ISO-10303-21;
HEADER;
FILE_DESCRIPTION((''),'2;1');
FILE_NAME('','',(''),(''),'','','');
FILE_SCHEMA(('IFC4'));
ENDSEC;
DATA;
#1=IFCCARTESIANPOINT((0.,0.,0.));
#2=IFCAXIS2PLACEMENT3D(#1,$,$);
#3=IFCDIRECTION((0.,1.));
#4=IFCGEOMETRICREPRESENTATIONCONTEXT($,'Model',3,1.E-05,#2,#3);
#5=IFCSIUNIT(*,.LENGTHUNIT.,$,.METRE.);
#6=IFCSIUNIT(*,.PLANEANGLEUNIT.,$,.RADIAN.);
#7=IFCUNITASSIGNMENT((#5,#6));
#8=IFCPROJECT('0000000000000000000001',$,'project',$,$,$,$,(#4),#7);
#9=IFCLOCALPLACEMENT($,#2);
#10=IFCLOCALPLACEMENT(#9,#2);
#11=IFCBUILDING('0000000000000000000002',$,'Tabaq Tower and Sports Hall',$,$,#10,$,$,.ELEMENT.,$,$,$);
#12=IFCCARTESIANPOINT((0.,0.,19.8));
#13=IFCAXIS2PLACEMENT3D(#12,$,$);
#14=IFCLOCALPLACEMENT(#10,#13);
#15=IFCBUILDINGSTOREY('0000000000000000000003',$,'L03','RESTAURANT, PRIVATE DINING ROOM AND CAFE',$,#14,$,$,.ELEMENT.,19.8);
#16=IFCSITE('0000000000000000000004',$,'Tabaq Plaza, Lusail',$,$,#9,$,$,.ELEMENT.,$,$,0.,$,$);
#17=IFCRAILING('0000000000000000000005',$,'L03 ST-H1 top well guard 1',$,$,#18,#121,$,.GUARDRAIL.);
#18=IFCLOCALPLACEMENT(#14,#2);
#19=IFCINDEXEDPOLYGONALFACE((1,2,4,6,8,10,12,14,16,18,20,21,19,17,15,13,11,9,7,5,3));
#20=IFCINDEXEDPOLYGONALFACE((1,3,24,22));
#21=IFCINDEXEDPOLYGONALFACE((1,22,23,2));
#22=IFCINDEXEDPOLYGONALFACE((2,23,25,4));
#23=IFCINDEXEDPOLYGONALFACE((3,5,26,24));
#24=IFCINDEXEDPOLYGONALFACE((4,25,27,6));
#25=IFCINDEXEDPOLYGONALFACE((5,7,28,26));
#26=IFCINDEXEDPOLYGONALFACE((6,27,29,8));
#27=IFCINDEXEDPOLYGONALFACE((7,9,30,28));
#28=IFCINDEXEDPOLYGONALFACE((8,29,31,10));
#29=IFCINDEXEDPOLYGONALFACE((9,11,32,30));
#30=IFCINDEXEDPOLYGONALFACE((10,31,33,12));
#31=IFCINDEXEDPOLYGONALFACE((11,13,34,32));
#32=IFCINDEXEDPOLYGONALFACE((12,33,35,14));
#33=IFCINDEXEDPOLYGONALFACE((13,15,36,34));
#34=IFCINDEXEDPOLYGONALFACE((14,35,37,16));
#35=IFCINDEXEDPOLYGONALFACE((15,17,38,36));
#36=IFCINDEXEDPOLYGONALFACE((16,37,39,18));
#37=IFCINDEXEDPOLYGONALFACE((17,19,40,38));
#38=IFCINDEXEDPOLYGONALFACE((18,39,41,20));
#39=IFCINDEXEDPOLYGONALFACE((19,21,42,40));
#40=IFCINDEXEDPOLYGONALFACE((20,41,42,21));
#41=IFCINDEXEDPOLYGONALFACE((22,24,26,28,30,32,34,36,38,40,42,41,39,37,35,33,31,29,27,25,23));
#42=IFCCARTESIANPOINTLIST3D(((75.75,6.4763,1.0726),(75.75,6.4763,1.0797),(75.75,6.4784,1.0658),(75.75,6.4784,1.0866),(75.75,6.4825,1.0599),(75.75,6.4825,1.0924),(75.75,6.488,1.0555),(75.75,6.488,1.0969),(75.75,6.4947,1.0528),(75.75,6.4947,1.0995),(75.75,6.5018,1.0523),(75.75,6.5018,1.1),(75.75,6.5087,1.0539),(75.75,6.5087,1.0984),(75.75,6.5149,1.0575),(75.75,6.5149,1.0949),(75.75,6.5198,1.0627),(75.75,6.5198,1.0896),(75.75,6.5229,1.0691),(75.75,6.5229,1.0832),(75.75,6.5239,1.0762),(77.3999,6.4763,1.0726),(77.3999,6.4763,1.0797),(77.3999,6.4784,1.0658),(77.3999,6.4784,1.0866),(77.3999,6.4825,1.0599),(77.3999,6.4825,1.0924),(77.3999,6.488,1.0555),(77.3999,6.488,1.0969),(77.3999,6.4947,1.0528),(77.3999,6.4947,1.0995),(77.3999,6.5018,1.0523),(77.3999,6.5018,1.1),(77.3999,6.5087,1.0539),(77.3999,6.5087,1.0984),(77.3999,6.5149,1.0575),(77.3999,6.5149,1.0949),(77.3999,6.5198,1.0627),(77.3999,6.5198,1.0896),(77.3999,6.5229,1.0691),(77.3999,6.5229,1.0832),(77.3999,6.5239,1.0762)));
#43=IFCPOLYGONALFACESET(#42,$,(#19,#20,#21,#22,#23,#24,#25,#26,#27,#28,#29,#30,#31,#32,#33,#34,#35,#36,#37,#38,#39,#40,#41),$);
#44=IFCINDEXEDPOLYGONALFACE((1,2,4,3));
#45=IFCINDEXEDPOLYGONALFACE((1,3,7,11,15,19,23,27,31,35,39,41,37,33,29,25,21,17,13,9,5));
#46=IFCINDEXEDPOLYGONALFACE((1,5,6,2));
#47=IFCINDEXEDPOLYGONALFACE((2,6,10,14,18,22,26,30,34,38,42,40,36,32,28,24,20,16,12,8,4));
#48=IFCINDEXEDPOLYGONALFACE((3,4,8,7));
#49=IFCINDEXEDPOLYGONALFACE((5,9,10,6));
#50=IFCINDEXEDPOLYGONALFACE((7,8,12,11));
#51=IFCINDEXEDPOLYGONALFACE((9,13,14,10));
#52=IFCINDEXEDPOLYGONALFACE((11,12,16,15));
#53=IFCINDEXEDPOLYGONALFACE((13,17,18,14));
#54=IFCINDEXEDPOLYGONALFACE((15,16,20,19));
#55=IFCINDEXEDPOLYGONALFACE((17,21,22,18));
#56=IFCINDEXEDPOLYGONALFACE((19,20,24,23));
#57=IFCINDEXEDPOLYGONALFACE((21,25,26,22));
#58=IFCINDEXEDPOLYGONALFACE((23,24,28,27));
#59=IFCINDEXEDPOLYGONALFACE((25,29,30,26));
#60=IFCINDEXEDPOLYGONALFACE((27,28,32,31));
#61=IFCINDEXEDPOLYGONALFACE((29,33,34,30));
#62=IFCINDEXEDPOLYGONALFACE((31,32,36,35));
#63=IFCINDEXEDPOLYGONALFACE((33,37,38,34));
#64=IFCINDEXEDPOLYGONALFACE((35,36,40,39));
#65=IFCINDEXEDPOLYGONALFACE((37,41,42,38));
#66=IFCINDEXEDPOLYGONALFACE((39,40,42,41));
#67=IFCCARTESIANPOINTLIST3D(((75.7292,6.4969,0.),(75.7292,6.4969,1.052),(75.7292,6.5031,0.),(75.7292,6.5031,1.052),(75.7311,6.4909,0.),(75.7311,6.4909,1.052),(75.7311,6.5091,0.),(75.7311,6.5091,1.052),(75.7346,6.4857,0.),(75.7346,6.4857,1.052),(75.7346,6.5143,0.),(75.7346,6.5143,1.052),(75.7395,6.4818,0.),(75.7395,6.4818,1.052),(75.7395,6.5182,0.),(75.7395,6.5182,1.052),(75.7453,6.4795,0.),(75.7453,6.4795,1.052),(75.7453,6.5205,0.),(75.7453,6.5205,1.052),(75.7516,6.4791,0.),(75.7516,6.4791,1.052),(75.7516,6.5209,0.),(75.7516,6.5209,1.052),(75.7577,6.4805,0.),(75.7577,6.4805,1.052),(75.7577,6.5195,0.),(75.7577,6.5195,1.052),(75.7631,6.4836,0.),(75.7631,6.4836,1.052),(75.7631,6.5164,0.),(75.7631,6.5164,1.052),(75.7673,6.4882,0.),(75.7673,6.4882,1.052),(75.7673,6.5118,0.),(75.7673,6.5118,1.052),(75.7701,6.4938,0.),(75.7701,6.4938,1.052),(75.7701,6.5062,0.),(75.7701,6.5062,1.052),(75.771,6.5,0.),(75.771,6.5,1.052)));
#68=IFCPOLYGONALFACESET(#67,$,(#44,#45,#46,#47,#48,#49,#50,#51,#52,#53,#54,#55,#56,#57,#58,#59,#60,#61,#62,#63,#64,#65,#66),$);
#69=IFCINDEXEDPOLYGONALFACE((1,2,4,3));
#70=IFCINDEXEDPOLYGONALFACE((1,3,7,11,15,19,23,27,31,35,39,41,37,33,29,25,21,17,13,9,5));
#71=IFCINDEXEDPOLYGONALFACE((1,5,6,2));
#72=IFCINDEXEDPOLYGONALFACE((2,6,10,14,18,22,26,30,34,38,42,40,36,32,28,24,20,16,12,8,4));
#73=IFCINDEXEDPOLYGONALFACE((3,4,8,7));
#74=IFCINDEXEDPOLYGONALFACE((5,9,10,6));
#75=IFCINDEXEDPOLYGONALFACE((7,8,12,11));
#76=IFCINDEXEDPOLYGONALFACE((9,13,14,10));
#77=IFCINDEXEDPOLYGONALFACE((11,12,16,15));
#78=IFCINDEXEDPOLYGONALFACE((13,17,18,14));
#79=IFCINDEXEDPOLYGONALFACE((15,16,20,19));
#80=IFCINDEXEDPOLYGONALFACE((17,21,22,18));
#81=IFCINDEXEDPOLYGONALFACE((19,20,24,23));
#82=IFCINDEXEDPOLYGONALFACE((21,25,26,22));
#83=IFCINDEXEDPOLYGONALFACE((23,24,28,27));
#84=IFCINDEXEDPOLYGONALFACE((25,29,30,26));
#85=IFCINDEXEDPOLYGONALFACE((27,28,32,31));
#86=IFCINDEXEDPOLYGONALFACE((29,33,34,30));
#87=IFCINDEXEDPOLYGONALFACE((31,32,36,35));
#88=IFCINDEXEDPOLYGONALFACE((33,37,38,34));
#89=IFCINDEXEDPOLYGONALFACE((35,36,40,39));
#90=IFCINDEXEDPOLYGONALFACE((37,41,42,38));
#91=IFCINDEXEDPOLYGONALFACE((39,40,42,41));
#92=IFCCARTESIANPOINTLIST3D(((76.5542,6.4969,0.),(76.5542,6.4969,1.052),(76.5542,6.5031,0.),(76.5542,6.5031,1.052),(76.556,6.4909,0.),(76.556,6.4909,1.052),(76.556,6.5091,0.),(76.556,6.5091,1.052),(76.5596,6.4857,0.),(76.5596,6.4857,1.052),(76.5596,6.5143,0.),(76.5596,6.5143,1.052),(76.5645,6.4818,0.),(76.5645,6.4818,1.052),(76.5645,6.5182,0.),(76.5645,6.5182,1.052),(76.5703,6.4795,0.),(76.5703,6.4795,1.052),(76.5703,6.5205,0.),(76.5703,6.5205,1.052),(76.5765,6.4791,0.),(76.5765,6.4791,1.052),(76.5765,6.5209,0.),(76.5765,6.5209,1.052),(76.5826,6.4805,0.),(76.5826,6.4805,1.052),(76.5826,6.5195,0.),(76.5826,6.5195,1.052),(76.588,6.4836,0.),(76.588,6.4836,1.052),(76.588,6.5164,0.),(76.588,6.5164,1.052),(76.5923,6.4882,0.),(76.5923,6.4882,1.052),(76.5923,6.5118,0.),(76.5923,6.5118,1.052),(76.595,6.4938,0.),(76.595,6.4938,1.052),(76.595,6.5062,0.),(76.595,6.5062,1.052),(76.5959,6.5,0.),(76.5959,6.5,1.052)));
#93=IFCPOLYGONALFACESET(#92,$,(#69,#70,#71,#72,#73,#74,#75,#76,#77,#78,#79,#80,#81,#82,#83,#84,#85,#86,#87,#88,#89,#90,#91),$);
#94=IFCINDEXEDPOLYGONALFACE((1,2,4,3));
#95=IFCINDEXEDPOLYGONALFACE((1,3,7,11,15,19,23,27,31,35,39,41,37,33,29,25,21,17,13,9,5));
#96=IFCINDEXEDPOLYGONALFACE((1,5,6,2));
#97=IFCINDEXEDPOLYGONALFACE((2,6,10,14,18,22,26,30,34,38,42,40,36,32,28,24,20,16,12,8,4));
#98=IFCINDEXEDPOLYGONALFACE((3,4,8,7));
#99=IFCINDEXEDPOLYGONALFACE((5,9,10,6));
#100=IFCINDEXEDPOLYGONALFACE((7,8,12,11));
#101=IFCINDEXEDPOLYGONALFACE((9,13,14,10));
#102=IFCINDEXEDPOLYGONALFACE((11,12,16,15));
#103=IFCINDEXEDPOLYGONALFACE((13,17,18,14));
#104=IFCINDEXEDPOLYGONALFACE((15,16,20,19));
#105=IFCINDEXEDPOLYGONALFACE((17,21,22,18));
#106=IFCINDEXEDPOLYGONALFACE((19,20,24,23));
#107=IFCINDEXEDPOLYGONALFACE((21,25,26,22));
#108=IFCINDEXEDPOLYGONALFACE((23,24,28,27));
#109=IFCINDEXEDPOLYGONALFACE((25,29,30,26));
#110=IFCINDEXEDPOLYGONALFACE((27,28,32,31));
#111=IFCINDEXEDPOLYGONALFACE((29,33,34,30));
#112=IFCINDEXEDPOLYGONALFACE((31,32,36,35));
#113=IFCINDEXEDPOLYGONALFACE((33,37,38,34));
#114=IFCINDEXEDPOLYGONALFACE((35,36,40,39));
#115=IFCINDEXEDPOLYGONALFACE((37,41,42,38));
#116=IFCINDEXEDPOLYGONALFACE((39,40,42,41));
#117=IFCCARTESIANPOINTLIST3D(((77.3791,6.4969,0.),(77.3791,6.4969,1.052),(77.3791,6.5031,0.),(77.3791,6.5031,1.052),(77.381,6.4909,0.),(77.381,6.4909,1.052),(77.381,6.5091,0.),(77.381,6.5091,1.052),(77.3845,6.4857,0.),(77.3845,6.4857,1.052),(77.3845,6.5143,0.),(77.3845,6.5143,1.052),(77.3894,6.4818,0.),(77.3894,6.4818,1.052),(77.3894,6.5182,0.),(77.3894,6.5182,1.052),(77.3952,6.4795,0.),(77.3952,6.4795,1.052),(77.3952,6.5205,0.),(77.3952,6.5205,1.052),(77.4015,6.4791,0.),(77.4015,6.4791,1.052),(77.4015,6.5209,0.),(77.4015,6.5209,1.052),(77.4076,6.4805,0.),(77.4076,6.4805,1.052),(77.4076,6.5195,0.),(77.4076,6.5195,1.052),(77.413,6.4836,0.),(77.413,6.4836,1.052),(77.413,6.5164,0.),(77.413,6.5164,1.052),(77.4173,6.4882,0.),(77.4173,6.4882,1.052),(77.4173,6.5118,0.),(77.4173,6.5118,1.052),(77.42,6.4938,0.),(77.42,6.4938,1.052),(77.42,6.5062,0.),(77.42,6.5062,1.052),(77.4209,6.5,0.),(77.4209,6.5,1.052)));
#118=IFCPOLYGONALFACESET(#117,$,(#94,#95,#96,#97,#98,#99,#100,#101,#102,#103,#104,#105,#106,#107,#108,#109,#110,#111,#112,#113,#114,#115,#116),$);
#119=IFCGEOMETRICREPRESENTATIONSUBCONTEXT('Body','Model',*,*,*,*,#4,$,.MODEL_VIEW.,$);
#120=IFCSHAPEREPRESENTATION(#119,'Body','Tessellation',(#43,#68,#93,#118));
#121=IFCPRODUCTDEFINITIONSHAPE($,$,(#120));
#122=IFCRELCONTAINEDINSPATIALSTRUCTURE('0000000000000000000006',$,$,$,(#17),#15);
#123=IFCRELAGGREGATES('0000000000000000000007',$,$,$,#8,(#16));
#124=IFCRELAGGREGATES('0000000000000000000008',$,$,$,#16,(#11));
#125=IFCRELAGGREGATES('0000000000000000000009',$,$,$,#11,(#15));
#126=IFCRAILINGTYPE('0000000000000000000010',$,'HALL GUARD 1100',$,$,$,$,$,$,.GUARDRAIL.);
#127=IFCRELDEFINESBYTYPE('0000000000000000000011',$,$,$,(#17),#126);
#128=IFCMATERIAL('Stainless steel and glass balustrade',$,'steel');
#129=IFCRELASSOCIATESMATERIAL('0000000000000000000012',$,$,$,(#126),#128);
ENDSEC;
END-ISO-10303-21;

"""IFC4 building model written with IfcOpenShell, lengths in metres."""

from ifc_helpers import new_model, si_unit, direction, frame, origin, origin_2d, place, context, subcontext, project, spatial, circle, extrude, material, type_object, element, save


model = new_model("IFC4")

# Units and contexts
model_context = context("Model", 3, precision=1e-05, world=origin(), true_north=direction((0.0, 1.0)))
body_context = subcontext(model_context, "Body", "Model", "MODEL_VIEW")
ifc_project = project(units=[si_unit("LENGTHUNIT", "METRE"), si_unit("PLANEANGLEUNIT", "RADIAN")], contexts=[model_context])

# Site, building, storey
site_placement = place(None, origin())
site = spatial("IfcSite", under=ifc_project, at=site_placement, Name="Tabaq Plaza, Lusail", CompositionType="ELEMENT", RefElevation=0.0)
building_placement = place(site_placement, origin())
building = spatial("IfcBuilding", under=site, at=building_placement, Name="Tabaq Tower and Sports Hall", CompositionType="ELEMENT")
storey_placement = place(building_placement, frame((0.0, 0.0, 19.8)))
storey = spatial("IfcBuildingStorey", under=building, at=storey_placement, Name="L03", Description="RESTAURANT, PRIVATE DINING ROOM AND CAFE", CompositionType="ELEMENT", Elevation=19.8)

# Railing
ifc_material_1 = material(Name="Stainless steel and glass balustrade", Category="steel")
railing_type = type_object("IfcRailingType", Name="HALL GUARD 1100", PredefinedType="GUARDRAIL", material=ifc_material_1)
railing_1_placement = place(storey_placement, frame((75.75, 6.5, 0.0)))
element("IfcRailing", 1, at=railing_1_placement, inside=storey, type_object=railing_type, Name="L03 ST-H1 top well guard 1", PredefinedType="GUARDRAIL", context=body_context, shape_type="SweptSolid", body=[
    extrude(circle(Radius=0.0239, at=origin_2d()), frame((0.0, 0.0, 1.0762), z_axis=(1.0, 0.0, 0.0), x_axis=(0.0, 1.0, 0.0)), (0.0, 0.0, 1.0), 1.6499),
    extrude(circle(Radius=0.021, at=origin_2d()), origin(), (0.0, 0.0, 1.0), 1.052),
    extrude(circle(Radius=0.021, at=origin_2d()), frame((0.825, 0.0, 0.0)), (0.0, 0.0, 1.0), 1.052),
    extrude(circle(Radius=0.021, at=origin_2d()), frame((1.6499, 0.0, 0.0)), (0.0, 0.0, 1.0), 1.052),
])

save(model, "model.ifc")
